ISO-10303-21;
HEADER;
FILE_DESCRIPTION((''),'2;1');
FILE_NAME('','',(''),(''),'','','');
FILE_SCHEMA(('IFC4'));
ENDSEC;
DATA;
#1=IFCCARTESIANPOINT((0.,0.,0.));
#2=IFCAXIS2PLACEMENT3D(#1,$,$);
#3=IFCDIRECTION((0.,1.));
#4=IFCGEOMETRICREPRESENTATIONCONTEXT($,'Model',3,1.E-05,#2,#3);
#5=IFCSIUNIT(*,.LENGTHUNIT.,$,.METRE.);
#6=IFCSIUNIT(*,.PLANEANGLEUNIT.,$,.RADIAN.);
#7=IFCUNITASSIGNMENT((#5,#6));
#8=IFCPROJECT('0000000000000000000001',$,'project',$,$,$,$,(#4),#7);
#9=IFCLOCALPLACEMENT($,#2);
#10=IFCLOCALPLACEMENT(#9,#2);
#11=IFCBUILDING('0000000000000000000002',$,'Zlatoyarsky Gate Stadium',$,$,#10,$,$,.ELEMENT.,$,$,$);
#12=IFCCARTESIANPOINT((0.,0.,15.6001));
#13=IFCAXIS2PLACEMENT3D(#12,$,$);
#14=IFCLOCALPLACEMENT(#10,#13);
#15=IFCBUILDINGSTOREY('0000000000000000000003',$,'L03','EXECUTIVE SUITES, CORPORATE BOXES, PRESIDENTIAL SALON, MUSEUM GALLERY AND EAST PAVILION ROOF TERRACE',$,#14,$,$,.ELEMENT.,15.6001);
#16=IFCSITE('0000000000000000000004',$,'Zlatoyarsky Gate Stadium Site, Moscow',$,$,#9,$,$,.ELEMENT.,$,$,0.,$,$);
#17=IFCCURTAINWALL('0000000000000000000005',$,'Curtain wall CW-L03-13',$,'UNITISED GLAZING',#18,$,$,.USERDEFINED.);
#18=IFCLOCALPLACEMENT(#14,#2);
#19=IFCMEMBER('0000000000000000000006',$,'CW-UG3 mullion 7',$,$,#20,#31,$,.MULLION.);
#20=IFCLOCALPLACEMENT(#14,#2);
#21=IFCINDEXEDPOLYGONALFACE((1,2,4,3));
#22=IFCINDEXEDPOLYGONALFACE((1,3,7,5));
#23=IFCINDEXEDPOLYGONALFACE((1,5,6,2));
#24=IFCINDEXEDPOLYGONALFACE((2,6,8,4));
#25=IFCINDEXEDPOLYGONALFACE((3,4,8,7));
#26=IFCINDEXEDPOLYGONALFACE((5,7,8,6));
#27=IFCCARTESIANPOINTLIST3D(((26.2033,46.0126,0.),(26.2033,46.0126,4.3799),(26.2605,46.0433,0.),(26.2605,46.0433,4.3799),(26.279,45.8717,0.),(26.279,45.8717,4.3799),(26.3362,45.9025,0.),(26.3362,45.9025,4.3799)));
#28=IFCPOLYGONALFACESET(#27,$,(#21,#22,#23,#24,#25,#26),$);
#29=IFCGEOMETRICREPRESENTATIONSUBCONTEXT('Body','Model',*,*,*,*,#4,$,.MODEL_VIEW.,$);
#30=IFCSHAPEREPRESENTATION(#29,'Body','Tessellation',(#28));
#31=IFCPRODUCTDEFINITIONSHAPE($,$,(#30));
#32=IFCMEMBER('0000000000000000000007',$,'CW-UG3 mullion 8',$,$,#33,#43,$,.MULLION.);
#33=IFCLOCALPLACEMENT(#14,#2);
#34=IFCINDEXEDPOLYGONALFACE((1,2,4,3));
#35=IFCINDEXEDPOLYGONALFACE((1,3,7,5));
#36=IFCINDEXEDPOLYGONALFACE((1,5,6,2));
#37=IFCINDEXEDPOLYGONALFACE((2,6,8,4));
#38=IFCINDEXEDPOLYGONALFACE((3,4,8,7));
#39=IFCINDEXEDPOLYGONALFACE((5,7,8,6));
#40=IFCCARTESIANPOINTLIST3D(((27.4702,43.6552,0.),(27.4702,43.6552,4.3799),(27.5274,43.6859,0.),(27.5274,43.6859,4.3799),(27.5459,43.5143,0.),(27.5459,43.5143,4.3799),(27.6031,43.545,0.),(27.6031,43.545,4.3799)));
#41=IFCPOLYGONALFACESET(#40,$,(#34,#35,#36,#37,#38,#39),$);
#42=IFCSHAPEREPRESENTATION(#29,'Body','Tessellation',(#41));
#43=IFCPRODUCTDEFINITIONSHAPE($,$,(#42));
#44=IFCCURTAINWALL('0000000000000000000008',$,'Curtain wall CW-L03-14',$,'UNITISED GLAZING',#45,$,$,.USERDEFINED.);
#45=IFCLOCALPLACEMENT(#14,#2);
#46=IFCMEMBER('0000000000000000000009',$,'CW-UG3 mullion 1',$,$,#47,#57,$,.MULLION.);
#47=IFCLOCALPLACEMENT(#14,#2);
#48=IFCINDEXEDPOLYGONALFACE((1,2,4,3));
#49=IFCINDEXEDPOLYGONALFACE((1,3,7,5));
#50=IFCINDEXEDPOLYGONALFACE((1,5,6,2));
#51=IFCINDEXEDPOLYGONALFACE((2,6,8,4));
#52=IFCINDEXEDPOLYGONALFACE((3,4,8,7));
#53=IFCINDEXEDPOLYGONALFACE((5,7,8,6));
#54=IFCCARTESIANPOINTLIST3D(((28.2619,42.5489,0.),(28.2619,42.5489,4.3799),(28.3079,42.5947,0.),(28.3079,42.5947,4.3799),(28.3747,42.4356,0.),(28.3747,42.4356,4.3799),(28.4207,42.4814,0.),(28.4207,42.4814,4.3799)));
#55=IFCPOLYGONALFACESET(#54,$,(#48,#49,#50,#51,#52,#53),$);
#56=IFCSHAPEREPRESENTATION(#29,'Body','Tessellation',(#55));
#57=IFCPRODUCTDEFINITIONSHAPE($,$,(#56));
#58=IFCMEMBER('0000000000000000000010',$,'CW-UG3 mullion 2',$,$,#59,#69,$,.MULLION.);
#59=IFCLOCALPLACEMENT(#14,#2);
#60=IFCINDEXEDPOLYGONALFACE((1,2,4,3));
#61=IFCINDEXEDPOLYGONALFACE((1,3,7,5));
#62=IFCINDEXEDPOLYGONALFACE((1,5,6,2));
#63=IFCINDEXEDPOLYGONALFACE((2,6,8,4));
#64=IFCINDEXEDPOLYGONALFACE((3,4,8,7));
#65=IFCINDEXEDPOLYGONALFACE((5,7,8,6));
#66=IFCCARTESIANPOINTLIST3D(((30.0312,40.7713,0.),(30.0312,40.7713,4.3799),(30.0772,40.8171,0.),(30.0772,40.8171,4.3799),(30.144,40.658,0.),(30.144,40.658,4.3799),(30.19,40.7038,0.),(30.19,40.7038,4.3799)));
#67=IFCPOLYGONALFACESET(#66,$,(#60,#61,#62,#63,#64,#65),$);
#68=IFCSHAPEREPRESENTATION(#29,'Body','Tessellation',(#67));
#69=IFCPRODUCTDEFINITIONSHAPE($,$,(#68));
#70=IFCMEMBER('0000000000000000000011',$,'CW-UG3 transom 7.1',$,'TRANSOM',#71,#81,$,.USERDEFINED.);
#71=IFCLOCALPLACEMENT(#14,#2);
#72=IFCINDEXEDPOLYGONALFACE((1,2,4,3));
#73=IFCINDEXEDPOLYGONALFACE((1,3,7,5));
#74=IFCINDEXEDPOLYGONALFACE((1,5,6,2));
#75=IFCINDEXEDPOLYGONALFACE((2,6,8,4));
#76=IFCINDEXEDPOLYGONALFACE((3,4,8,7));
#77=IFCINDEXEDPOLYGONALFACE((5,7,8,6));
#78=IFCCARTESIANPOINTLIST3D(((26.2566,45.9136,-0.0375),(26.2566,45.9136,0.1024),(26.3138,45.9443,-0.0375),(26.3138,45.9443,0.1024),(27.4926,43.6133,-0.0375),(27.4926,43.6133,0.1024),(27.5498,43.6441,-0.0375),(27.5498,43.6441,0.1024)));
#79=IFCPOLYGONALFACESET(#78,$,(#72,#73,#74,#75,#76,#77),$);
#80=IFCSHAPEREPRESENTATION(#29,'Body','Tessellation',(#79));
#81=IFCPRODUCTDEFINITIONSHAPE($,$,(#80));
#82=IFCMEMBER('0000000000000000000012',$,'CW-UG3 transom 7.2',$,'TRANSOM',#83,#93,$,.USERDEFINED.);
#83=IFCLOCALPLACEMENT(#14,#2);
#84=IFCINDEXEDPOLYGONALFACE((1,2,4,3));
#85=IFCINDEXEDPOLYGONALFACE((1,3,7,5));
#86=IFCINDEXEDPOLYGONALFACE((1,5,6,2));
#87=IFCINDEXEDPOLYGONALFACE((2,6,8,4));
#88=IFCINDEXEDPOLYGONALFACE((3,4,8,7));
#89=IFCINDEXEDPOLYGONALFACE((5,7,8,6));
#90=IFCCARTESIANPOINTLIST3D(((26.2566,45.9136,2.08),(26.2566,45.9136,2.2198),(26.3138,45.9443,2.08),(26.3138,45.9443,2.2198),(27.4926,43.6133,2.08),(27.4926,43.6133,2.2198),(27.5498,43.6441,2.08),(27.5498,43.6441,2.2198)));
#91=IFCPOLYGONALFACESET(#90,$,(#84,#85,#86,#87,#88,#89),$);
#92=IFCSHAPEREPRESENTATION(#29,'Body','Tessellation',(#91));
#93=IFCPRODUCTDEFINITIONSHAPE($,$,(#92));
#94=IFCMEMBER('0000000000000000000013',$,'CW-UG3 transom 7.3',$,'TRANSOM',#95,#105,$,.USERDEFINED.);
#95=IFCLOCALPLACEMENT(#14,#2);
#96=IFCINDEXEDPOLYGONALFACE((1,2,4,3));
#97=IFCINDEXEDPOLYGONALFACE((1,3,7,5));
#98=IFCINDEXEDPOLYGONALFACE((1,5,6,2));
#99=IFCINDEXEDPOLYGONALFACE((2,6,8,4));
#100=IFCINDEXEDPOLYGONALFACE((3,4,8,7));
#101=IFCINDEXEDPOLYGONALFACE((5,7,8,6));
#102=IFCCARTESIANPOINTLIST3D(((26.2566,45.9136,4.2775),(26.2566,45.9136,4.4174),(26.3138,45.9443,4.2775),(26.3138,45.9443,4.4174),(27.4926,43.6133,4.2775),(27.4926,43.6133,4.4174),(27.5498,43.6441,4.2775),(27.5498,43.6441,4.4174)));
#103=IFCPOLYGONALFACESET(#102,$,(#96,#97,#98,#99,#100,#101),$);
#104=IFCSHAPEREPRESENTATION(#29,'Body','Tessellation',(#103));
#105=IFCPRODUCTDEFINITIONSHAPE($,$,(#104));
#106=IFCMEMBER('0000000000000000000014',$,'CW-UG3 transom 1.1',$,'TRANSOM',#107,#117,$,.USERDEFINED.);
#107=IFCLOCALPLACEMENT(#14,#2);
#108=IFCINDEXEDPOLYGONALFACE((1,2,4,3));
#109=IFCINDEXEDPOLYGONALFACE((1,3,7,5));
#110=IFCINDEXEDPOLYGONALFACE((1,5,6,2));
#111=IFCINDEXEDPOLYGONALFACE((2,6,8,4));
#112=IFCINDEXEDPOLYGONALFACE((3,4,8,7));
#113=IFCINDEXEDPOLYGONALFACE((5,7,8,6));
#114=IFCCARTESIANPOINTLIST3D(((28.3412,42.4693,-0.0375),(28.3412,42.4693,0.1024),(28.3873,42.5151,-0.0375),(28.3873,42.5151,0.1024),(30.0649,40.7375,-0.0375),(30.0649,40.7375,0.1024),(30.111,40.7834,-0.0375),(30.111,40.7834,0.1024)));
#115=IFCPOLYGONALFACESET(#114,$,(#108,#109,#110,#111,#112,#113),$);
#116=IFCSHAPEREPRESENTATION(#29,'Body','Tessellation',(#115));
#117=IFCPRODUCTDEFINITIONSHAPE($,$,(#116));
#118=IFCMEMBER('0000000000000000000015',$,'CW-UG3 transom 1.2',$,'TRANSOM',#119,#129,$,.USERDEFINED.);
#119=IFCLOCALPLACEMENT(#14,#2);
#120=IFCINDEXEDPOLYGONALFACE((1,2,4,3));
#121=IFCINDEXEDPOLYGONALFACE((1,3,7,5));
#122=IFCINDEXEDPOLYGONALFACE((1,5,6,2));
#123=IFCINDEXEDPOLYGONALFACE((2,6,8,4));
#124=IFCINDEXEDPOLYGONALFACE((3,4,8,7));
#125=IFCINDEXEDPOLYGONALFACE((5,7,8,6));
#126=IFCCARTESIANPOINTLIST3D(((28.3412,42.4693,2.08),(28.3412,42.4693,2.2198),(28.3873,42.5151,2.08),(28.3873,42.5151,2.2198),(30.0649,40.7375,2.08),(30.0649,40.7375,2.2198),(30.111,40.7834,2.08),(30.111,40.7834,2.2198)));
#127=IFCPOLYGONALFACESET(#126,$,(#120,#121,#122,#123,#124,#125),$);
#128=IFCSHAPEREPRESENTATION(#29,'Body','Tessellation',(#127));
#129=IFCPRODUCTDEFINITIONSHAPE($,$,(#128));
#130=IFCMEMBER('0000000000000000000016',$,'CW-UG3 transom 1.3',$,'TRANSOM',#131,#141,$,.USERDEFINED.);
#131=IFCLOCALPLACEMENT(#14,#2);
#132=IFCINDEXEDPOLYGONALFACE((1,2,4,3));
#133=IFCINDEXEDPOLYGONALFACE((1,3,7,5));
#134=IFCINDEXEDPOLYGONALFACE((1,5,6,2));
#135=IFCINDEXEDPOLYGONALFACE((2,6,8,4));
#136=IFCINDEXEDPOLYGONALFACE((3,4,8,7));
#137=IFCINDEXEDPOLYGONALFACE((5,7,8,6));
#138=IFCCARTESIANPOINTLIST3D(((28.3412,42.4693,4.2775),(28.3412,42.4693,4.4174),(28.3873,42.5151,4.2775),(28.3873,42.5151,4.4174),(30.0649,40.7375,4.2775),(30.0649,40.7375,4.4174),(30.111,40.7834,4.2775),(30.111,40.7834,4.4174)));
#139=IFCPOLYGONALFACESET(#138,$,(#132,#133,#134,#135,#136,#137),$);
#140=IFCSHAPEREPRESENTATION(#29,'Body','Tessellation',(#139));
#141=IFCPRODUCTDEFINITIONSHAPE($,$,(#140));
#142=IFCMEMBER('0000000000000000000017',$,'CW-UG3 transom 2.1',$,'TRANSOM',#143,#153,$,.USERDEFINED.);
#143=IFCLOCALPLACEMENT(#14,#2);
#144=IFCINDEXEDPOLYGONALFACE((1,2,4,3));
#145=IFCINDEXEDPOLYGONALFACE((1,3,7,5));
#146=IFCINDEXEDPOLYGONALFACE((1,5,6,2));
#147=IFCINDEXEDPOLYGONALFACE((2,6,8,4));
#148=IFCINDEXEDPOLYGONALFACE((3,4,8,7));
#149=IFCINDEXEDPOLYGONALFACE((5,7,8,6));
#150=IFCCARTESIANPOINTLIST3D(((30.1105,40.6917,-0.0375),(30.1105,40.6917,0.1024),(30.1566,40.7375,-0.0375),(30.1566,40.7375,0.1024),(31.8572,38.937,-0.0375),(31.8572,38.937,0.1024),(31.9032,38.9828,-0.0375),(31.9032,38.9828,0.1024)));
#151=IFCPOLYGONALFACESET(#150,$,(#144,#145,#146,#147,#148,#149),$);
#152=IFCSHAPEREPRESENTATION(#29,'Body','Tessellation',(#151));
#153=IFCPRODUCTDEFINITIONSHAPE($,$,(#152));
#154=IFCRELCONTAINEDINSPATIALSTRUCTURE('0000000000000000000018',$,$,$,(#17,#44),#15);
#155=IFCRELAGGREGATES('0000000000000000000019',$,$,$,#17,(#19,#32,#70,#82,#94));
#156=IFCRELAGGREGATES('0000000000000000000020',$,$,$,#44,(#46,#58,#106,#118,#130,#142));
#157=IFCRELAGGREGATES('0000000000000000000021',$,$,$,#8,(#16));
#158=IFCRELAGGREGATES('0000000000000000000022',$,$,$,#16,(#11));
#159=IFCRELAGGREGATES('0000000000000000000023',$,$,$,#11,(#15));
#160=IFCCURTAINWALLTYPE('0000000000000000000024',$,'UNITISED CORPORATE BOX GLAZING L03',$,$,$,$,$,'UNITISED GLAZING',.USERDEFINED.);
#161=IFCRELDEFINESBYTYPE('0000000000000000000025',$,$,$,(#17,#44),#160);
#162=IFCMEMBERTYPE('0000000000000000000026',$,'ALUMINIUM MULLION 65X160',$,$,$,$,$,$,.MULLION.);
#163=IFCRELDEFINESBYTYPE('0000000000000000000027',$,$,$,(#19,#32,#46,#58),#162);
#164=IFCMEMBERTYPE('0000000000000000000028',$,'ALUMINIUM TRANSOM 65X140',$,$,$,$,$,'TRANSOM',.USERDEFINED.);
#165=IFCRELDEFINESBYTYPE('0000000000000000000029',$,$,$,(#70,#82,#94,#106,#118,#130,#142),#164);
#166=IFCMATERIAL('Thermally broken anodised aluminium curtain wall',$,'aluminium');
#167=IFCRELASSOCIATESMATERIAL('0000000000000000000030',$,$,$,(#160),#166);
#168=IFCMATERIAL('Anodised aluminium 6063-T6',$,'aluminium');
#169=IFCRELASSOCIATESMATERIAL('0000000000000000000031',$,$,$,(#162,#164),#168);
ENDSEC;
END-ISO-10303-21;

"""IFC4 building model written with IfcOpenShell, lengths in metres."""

from ifc_helpers import new_model, si_unit, direction, frame, origin, origin_2d, place, context, subcontext, project, spatial, rectangle, extrude, material, material_profile, profile_set, type_object, element, aggregate, save


model = new_model("IFC4")

# Units and contexts
model_context = context("Model", 3, precision=1e-05, world=origin(), true_north=direction((0.0, 1.0)))
body_context = subcontext(model_context, "Body", "Model", "MODEL_VIEW")
ifc_project = project(units=[si_unit("LENGTHUNIT", "METRE"), si_unit("PLANEANGLEUNIT", "RADIAN")], contexts=[model_context])

# Site, building, storey
site_placement = place(None, origin())
site = spatial("IfcSite", under=ifc_project, at=site_placement, Name="Zlatoyarsky Gate Stadium Site, Moscow", CompositionType="ELEMENT", RefElevation=0.0)
building_placement = place(site_placement, origin())
building = spatial("IfcBuilding", under=site, at=building_placement, Name="Zlatoyarsky Gate Stadium", CompositionType="ELEMENT")
storey_placement = place(building_placement, frame((0.0, 0.0, 15.6001)))
storey = spatial("IfcBuildingStorey", under=building, at=storey_placement, Name="L03", Description="EXECUTIVE SUITES, CORPORATE BOXES, PRESIDENTIAL SALON, MUSEUM GALLERY AND EAST PAVILION ROOF TERRACE", CompositionType="ELEMENT", Elevation=15.6001)

# Curtain walls, members
ifc_material_1 = material(Name="Thermally broken anodised aluminium curtain wall", Category="aluminium")
curtain_wall_type = type_object("IfcCurtainWallType", Name="UNITISED CORPORATE BOX GLAZING L03", ElementType="UNITISED GLAZING", PredefinedType="USERDEFINED", material=ifc_material_1)
curtain_wall_1_placement = place(storey_placement, origin())
curtain_wall_1 = element("IfcCurtainWall", 1, at=curtain_wall_1_placement, inside=storey, type_object=curtain_wall_type, Name="Curtain wall CW-L03-13", ObjectType="UNITISED GLAZING", PredefinedType="USERDEFINED")
ifc_material_2 = material(Name="Anodised aluminium 6063-T6", Category="aluminium")
ifc_material_profile_1 = material_profile(ifc_material_2, rectangle(XDim=0.0649, YDim=0.1599, at=origin_2d()), Name="ALU 65X160")
ifc_profile_set_1 = profile_set([ifc_material_profile_1], Name="Anodised aluminium 6063-T6")
member_type_1 = type_object("IfcMemberType", Name="ALUMINIUM MULLION 65X160", PredefinedType="MULLION", material=ifc_profile_set_1)
member_1_placement = place(storey_placement, frame((26.2698, 45.9575, 0.0), z_axis=(0.0, 0.0, 1.0), x_axis=(0.880877, 0.473345, 0.0)))
member_1 = element("IfcMember", 2, at=member_1_placement, type_object=member_type_1, Name="CW-UG3 mullion 7", PredefinedType="MULLION", context=body_context, shape_type="SweptSolid", body=[
    extrude(rectangle(XDim=0.0649, YDim=0.1599, at=origin_2d()), origin(), (0.0, 0.0, 1.0), 4.3799),
])
member_2_placement = place(storey_placement, frame((27.5366, 43.6001, 0.0), z_axis=(0.0, 0.0, 1.0), x_axis=(0.880877, 0.473345, 0.0)))
member_2 = element("IfcMember", 3, at=member_2_placement, type_object=member_type_1, Name="CW-UG3 mullion 8", PredefinedType="MULLION", context=body_context, shape_type="SweptSolid", body=[
    extrude(rectangle(XDim=0.0649, YDim=0.1599, at=origin_2d()), origin(), (0.0, 0.0, 1.0), 4.3799),
])
curtain_wall_2_placement = place(storey_placement, origin())
curtain_wall_2 = element("IfcCurtainWall", 4, at=curtain_wall_2_placement, inside=storey, type_object=curtain_wall_type, Name="Curtain wall CW-L03-14", ObjectType="UNITISED GLAZING", PredefinedType="USERDEFINED")
member_3_placement = place(storey_placement, frame((28.3413, 42.5151, 0.0), z_axis=(0.0, 0.0, 1.0), x_axis=(0.708721, 0.705489, 0.0)))
member_3 = element("IfcMember", 5, at=member_3_placement, type_object=member_type_1, Name="CW-UG3 mullion 1", PredefinedType="MULLION", context=body_context, shape_type="SweptSolid", body=[
    extrude(rectangle(XDim=0.0649, YDim=0.1599, at=origin_2d()), origin(), (0.0, 0.0, 1.0), 4.3799),
])
member_4_placement = place(storey_placement, frame((30.1106, 40.7375, 0.0), z_axis=(0.0, 0.0, 1.0), x_axis=(0.708721, 0.705489, 0.0)))
member_4 = element("IfcMember", 6, at=member_4_placement, type_object=member_type_1, Name="CW-UG3 mullion 2", PredefinedType="MULLION", context=body_context, shape_type="SweptSolid", body=[
    extrude(rectangle(XDim=0.0649, YDim=0.1599, at=origin_2d()), origin(), (0.0, 0.0, 1.0), 4.3799),
])

# Members
ifc_material_profile_2 = material_profile(ifc_material_2, rectangle(XDim=0.0649, YDim=0.1399, at=origin_2d()), Name="ALU 65X140")
ifc_profile_set_2 = profile_set([ifc_material_profile_2], Name="Anodised aluminium 6063-T6")
member_type_2 = type_object("IfcMemberType", Name="ALUMINIUM TRANSOM 65X140", ElementType="TRANSOM", PredefinedType="USERDEFINED", material=ifc_profile_set_2)
member_5_placement = place(storey_placement, frame((26.2852, 45.929, 0.0325), z_axis=(0.473347, -0.880876, 0.0), x_axis=(0.880876, 0.473347, 0.0)))
member_5 = element("IfcMember", 7, at=member_5_placement, type_object=member_type_2, Name="CW-UG3 transom 7.1", ObjectType="TRANSOM", PredefinedType="USERDEFINED", context=body_context, shape_type="SweptSolid", body=[
    extrude(rectangle(XDim=0.0649, YDim=0.1399, at=origin_2d()), origin(), (0.0, 0.0, 1.0), 2.6113),
])
member_6_placement = place(storey_placement, frame((26.2852, 45.929, 2.1499), z_axis=(0.473347, -0.880876, 0.0), x_axis=(0.880876, 0.473347, 0.0)))
member_6 = element("IfcMember", 8, at=member_6_placement, type_object=member_type_2, Name="CW-UG3 transom 7.2", ObjectType="TRANSOM", PredefinedType="USERDEFINED", context=body_context, shape_type="SweptSolid", body=[
    extrude(rectangle(XDim=0.0649, YDim=0.1399, at=origin_2d()), origin(), (0.0, 0.0, 1.0), 2.6113),
])
member_7_placement = place(storey_placement, frame((26.2852, 45.929, 4.3474), z_axis=(0.473347, -0.880876, 0.0), x_axis=(0.880876, 0.473347, 0.0)))
member_7 = element("IfcMember", 9, at=member_7_placement, type_object=member_type_2, Name="CW-UG3 transom 7.3", ObjectType="TRANSOM", PredefinedType="USERDEFINED", context=body_context, shape_type="SweptSolid", body=[
    extrude(rectangle(XDim=0.0649, YDim=0.1399, at=origin_2d()), origin(), (0.0, 0.0, 1.0), 2.6113),
])
member_8_placement = place(storey_placement, frame((28.3643, 42.4922, 0.0325), z_axis=(0.705456, -0.708754, 0.0), x_axis=(0.708754, 0.705456, 0.0)))
member_8 = element("IfcMember", 10, at=member_8_placement, type_object=member_type_2, Name="CW-UG3 transom 1.1", ObjectType="TRANSOM", PredefinedType="USERDEFINED", context=body_context, shape_type="SweptSolid", body=[
    extrude(rectangle(XDim=0.0649, YDim=0.1399, at=origin_2d()), origin(), (0.0, 0.0, 1.0), 2.4434),
])
member_9_placement = place(storey_placement, frame((28.3643, 42.4922, 2.1499), z_axis=(0.705456, -0.708754, 0.0), x_axis=(0.708754, 0.705456, 0.0)))
member_9 = element("IfcMember", 11, at=member_9_placement, type_object=member_type_2, Name="CW-UG3 transom 1.2", ObjectType="TRANSOM", PredefinedType="USERDEFINED", context=body_context, shape_type="SweptSolid", body=[
    extrude(rectangle(XDim=0.0649, YDim=0.1399, at=origin_2d()), origin(), (0.0, 0.0, 1.0), 2.4434),
])
member_10_placement = place(storey_placement, frame((28.3643, 42.4922, 4.3474), z_axis=(0.705456, -0.708754, 0.0), x_axis=(0.708754, 0.705456, 0.0)))
member_10 = element("IfcMember", 12, at=member_10_placement, type_object=member_type_2, Name="CW-UG3 transom 1.3", ObjectType="TRANSOM", PredefinedType="USERDEFINED", context=body_context, shape_type="SweptSolid", body=[
    extrude(rectangle(XDim=0.0649, YDim=0.1399, at=origin_2d()), origin(), (0.0, 0.0, 1.0), 2.4434),
])
member_11_placement = place(storey_placement, frame((30.1335, 40.7146, 0.0325), z_axis=(0.705478, -0.708732, 0.0), x_axis=(0.708732, 0.705478, 0.0)))
member_11 = element("IfcMember", 13, at=member_11_placement, type_object=member_type_2, Name="CW-UG3 transom 2.1", ObjectType="TRANSOM", PredefinedType="USERDEFINED", context=body_context, shape_type="SweptSolid", body=[
    extrude(rectangle(XDim=0.0649, YDim=0.1399, at=origin_2d()), origin(), (0.0, 0.0, 1.0), 2.4758),
])

aggregate(curtain_wall_1, [member_1, member_2, member_5, member_6, member_7])
aggregate(curtain_wall_2, [member_3, member_4, member_8, member_9, member_10, member_11])

save(model, "model.ifc")
